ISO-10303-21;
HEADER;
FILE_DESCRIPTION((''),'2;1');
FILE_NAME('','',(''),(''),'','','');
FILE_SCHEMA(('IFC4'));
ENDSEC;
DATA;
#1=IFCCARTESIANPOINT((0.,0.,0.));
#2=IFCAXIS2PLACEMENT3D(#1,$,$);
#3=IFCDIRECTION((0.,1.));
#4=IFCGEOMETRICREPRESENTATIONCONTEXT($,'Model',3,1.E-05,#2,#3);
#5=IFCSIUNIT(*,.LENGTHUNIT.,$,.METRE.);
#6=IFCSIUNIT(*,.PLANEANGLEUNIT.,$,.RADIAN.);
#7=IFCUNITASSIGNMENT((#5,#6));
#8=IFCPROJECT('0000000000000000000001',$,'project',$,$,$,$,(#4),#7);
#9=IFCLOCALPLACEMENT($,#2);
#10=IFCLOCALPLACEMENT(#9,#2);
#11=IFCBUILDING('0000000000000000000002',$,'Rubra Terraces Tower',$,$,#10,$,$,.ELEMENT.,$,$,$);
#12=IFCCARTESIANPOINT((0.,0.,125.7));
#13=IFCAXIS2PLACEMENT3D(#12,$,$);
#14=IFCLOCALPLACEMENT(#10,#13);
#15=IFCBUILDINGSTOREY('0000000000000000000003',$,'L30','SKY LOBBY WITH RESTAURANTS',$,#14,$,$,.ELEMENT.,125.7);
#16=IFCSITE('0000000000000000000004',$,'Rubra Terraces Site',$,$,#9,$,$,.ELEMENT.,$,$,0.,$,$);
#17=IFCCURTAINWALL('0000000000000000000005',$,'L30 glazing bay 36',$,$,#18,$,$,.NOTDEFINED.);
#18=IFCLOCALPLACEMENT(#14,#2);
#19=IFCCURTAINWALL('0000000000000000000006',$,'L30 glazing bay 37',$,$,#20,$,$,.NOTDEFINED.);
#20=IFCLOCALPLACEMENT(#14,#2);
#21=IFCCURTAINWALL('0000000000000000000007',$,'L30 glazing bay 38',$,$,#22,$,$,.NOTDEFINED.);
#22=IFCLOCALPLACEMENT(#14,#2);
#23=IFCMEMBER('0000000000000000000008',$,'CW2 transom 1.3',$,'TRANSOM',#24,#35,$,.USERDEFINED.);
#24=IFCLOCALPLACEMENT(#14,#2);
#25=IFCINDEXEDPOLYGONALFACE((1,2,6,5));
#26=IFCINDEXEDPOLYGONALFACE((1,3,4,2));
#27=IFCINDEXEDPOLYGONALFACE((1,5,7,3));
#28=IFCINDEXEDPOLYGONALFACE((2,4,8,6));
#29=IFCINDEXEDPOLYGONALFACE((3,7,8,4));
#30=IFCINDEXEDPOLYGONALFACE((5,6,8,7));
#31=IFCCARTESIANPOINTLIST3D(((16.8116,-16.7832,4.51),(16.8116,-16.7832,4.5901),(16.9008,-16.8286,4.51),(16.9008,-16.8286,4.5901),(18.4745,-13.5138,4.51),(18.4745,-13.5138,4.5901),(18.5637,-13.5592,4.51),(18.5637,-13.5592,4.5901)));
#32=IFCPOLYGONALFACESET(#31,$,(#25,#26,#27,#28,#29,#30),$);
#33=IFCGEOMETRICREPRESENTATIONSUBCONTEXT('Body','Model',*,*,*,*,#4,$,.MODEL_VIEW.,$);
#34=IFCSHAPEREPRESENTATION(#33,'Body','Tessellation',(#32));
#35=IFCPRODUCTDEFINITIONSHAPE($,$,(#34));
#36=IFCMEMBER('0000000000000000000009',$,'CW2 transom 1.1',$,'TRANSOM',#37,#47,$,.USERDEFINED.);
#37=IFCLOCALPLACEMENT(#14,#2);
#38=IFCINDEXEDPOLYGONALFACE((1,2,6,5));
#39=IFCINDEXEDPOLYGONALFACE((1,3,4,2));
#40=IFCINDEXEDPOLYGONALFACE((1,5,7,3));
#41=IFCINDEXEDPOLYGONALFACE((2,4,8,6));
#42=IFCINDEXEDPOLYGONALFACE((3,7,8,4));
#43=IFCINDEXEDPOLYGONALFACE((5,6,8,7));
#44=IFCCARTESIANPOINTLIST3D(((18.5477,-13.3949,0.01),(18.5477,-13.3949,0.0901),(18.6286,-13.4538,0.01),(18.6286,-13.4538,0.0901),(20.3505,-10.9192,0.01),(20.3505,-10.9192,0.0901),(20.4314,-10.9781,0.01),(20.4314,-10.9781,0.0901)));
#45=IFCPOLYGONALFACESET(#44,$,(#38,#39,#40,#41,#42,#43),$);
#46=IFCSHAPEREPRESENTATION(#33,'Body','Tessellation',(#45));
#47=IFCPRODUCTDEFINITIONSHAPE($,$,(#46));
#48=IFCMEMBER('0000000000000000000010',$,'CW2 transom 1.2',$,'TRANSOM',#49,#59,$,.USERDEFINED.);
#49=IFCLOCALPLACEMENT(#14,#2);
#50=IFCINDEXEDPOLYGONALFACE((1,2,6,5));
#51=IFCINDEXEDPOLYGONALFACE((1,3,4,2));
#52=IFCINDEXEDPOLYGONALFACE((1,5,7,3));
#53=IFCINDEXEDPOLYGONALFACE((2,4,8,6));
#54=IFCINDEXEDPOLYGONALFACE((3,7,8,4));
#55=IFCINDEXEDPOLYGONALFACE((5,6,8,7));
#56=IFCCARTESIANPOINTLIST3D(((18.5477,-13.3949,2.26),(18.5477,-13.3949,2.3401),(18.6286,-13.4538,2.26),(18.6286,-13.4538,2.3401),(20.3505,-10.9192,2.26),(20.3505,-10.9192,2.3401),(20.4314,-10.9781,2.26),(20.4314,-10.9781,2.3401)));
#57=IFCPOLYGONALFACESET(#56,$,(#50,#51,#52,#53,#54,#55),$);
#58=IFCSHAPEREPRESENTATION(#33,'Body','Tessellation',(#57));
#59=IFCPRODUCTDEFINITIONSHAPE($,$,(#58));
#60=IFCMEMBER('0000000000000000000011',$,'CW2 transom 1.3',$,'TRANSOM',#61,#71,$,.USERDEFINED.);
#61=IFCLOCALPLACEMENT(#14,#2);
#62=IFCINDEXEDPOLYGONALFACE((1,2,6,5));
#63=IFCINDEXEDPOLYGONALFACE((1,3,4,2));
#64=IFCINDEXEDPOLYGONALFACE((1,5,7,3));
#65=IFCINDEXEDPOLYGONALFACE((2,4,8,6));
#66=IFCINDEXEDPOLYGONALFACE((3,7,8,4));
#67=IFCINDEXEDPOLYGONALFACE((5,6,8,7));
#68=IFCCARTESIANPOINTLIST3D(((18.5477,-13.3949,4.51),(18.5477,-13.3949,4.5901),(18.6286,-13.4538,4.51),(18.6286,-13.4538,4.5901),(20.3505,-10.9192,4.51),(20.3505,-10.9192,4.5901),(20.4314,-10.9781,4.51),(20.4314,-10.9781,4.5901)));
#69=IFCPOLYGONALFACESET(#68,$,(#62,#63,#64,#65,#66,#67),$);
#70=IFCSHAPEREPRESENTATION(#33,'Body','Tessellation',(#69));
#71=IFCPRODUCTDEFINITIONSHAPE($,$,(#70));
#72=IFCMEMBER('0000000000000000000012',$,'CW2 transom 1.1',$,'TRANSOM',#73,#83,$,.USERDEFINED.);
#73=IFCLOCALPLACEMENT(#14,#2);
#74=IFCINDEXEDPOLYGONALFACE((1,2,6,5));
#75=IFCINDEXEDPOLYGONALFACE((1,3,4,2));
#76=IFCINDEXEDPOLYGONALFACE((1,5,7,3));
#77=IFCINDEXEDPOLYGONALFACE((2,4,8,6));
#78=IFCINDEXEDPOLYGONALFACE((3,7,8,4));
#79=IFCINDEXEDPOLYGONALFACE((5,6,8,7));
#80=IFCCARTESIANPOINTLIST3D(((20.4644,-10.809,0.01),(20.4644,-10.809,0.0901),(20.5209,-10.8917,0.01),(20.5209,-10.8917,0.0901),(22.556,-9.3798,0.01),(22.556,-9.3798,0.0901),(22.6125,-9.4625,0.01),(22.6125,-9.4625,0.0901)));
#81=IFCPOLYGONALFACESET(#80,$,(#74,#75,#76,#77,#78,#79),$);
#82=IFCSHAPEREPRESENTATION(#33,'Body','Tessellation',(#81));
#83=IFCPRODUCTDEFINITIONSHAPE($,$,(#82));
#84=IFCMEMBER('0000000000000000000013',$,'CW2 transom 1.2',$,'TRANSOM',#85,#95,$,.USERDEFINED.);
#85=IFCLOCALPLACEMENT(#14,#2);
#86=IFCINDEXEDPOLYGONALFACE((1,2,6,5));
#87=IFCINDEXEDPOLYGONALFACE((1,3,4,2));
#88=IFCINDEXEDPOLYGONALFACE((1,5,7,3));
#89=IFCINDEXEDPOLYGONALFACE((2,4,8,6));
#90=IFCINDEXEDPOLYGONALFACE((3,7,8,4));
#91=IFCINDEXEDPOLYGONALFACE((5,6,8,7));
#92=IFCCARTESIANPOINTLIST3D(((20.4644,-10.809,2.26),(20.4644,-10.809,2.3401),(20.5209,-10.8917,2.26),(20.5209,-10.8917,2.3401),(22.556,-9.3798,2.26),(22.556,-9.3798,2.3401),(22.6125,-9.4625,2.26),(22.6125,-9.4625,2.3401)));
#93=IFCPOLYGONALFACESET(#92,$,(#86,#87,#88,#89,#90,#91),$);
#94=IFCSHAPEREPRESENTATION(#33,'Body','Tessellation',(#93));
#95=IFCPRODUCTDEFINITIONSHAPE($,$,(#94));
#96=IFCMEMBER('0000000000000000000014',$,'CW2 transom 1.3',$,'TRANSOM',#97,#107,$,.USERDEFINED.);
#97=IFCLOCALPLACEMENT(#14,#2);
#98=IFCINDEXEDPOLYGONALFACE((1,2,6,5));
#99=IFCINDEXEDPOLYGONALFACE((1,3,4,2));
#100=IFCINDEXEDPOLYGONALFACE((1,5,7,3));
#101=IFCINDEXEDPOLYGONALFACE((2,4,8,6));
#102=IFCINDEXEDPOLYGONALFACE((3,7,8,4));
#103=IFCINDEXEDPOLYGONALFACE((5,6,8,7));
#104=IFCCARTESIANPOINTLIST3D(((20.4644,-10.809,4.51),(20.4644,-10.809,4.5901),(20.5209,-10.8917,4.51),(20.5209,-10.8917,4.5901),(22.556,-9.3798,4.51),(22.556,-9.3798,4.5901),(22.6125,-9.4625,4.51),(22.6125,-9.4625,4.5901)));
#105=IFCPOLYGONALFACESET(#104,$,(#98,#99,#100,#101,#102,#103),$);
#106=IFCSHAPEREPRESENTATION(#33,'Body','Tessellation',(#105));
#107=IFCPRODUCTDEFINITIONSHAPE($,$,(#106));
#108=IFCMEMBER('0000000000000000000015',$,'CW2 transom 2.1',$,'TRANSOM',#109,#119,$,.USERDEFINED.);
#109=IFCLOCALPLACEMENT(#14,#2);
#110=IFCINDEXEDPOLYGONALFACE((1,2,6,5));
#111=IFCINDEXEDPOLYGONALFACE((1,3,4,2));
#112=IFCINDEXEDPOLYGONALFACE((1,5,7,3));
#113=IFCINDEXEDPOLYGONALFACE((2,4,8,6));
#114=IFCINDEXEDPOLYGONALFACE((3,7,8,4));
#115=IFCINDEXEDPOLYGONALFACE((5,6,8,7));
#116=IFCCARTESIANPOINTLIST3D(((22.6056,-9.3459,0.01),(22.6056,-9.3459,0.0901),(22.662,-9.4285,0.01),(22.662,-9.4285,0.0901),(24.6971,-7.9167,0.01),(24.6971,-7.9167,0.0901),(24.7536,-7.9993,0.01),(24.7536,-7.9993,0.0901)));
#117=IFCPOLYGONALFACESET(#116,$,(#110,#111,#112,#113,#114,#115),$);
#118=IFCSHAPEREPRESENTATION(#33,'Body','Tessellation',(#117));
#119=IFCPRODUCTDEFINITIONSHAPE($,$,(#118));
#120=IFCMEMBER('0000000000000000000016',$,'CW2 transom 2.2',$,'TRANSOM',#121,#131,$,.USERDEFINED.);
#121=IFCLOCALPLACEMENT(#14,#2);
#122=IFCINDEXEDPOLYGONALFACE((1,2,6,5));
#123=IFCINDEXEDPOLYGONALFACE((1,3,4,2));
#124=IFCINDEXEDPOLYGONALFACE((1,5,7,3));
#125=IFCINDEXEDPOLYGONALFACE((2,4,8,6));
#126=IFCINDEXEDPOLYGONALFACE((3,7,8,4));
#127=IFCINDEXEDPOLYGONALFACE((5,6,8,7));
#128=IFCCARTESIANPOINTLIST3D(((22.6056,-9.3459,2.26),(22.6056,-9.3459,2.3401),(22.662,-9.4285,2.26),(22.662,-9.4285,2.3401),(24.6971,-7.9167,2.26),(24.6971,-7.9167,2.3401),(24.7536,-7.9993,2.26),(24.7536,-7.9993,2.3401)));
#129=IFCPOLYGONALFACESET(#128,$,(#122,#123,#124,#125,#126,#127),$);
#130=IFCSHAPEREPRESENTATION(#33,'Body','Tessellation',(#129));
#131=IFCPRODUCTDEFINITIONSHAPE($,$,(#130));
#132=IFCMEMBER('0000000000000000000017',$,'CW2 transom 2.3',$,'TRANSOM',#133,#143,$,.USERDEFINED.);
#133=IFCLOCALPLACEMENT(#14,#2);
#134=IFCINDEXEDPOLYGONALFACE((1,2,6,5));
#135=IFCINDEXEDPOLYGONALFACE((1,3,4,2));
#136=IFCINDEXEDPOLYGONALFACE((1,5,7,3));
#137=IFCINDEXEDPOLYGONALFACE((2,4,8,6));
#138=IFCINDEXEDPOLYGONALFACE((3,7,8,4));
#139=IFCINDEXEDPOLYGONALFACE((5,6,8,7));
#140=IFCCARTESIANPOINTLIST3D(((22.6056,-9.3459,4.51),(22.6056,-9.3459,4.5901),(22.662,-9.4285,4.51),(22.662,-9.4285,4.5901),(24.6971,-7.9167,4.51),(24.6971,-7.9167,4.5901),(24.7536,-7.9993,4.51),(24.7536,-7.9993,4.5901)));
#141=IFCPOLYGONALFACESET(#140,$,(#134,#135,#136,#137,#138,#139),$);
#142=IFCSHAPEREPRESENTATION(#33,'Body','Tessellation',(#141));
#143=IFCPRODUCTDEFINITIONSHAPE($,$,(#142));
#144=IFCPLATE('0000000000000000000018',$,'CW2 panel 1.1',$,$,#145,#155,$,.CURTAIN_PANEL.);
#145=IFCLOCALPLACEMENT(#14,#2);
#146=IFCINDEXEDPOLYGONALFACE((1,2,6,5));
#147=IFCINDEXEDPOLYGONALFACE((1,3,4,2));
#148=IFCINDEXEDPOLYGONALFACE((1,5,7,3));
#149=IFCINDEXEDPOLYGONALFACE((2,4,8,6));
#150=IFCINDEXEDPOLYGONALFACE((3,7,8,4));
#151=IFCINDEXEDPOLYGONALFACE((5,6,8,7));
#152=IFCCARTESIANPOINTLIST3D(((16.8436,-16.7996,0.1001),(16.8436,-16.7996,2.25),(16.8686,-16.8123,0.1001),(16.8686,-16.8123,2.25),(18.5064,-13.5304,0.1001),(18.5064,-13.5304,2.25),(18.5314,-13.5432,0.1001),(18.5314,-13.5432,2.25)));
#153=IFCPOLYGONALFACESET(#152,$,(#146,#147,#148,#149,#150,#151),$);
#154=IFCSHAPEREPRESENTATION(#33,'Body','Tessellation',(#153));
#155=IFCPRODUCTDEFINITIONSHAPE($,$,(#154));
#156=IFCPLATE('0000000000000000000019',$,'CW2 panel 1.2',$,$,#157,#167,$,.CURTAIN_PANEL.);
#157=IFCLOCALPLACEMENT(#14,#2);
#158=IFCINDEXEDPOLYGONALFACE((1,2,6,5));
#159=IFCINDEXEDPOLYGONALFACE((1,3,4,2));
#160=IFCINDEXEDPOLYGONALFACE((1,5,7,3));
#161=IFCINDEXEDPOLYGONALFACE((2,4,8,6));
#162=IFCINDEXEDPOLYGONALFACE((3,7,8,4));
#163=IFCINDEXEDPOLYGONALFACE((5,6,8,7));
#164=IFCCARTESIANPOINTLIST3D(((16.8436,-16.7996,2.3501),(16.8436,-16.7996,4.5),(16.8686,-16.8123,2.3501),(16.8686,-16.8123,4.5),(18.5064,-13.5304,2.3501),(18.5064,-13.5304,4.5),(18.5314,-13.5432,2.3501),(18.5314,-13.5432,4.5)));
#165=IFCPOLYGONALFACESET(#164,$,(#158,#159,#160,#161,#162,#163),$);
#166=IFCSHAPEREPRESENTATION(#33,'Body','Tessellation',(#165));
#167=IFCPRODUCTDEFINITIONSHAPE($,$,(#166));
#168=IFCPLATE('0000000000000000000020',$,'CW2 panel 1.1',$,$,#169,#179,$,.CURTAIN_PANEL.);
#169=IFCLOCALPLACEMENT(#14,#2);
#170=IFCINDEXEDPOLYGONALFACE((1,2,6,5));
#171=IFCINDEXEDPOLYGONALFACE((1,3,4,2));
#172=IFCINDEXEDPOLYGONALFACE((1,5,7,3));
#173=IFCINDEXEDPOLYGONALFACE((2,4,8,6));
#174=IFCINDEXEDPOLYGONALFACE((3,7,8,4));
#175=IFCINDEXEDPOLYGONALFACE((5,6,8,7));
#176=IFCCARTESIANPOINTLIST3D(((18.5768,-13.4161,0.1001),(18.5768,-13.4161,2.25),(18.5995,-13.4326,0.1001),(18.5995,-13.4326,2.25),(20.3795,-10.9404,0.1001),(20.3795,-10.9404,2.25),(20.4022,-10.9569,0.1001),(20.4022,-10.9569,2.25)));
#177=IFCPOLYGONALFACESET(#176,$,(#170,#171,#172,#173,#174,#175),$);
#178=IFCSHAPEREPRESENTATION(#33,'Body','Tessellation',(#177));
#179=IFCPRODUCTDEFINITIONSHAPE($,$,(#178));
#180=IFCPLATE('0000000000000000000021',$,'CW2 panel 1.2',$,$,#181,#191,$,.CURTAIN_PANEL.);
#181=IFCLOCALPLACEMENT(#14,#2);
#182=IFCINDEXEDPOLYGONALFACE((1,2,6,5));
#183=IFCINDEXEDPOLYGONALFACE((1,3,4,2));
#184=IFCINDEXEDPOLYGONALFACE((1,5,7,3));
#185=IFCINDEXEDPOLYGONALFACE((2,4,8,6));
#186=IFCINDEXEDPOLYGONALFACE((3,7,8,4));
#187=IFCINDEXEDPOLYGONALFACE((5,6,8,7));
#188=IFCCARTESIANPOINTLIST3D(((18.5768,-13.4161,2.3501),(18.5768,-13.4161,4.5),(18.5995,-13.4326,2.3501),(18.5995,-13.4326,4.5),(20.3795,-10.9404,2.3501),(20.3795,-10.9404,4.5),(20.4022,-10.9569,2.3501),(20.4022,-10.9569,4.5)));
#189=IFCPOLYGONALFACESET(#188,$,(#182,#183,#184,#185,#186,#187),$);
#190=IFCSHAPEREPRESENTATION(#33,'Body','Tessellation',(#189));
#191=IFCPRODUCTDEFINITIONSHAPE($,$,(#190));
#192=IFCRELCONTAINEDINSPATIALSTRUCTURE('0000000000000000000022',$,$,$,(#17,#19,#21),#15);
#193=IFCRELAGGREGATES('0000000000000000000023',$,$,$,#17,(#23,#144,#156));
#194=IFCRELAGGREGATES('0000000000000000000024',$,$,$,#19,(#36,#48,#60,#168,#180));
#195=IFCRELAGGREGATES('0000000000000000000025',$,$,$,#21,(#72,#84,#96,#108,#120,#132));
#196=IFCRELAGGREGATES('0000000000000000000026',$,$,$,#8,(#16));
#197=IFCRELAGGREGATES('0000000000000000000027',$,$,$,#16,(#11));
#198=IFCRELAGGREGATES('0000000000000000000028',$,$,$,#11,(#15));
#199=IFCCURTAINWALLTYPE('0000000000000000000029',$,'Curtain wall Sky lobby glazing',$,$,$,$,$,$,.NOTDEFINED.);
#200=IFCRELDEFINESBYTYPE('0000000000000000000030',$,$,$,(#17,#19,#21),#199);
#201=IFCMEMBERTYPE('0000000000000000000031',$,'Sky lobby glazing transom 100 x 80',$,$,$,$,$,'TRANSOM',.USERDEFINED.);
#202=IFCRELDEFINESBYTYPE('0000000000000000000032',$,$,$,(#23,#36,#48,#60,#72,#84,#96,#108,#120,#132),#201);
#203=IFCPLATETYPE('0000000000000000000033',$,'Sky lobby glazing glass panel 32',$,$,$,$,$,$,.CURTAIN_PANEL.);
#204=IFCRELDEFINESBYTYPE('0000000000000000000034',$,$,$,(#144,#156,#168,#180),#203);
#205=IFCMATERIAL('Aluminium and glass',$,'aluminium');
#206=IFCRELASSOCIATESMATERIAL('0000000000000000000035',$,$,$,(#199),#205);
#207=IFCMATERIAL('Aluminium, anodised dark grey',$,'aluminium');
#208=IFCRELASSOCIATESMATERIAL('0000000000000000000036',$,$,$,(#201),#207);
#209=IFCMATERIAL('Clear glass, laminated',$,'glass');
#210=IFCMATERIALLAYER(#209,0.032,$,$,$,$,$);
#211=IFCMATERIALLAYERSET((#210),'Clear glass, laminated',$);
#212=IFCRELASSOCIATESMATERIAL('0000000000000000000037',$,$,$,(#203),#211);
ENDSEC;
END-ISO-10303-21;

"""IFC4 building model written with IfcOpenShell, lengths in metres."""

from ifc_helpers import new_model, si_unit, direction, frame, origin, origin_2d, place, context, subcontext, project, spatial, rectangle, extrude, material, layer, layer_set, material_profile, profile_set, type_object, element, aggregate, save


model = new_model("IFC4")

# Units and contexts
model_context = context("Model", 3, precision=1e-05, world=origin(), true_north=direction((0.0, 1.0)))
body_context = subcontext(model_context, "Body", "Model", "MODEL_VIEW")
ifc_project = project(units=[si_unit("LENGTHUNIT", "METRE"), si_unit("PLANEANGLEUNIT", "RADIAN")], contexts=[model_context])

# Site, building, storey
site_placement = place(None, origin())
site = spatial("IfcSite", under=ifc_project, at=site_placement, Name="Rubra Terraces Site", CompositionType="ELEMENT", RefElevation=0.0)
building_placement = place(site_placement, origin())
building = spatial("IfcBuilding", under=site, at=building_placement, Name="Rubra Terraces Tower", CompositionType="ELEMENT")
storey_placement = place(building_placement, frame((0.0, 0.0, 125.7)))
storey = spatial("IfcBuildingStorey", under=building, at=storey_placement, Name="L30", Description="SKY LOBBY WITH RESTAURANTS", CompositionType="ELEMENT", Elevation=125.7)

# Curtain walls
ifc_material_1 = material(Name="Aluminium and glass", Category="aluminium")
curtain_wall_type = type_object("IfcCurtainWallType", Name="Curtain wall Sky lobby glazing", PredefinedType="NOTDEFINED", material=ifc_material_1)
curtain_wall_1_placement = place(storey_placement, origin())
curtain_wall_1 = element("IfcCurtainWall", 1, at=curtain_wall_1_placement, inside=storey, type_object=curtain_wall_type, Name="L30 glazing bay 36", PredefinedType="NOTDEFINED")
ifc_material_2 = material(Name="Aluminium, anodised dark grey", Category="aluminium")
curtain_wall_2_placement = place(storey_placement, origin())
curtain_wall_2 = element("IfcCurtainWall", 2, at=curtain_wall_2_placement, inside=storey, type_object=curtain_wall_type, Name="L30 glazing bay 37", PredefinedType="NOTDEFINED")

# Curtain wall
curtain_wall_3_placement = place(storey_placement, origin())
curtain_wall_3 = element("IfcCurtainWall", 3, at=curtain_wall_3_placement, inside=storey, type_object=curtain_wall_type, Name="L30 glazing bay 38", PredefinedType="NOTDEFINED")

# Members
ifc_material_profile_1 = material_profile(ifc_material_2, rectangle(XDim=0.1001, YDim=0.0801, at=origin_2d()), Name="AL 100x80")
ifc_profile_set_1 = profile_set([ifc_material_profile_1], Name="Aluminium, anodised dark grey")
member_type_1 = type_object("IfcMemberType", Name="Sky lobby glazing transom 100 x 80", ElementType="TRANSOM", PredefinedType="USERDEFINED", material=ifc_profile_set_1)
member_1_placement = place(storey_placement, frame((16.8562, -16.8059, 4.55), z_axis=(0.453353, 0.891331, 0.0), x_axis=(-0.891331, 0.453353, 0.0)))
member_1 = element("IfcMember", 4, at=member_1_placement, type_object=member_type_1, Name="CW2 transom 1.3", ObjectType="TRANSOM", PredefinedType="USERDEFINED", context=body_context, shape_type="SweptSolid", body=[
    extrude(rectangle(XDim=0.1001, YDim=0.0801, at=origin_2d()), origin(), (0.0, 0.0, 1.0), 3.668),
])
member_2_placement = place(storey_placement, frame((18.5881, -13.4243, 0.05), z_axis=(0.588665, 0.808377, 0.0), x_axis=(-0.808377, 0.588665, 0.0)))
member_2 = element("IfcMember", 5, at=member_2_placement, type_object=member_type_1, Name="CW2 transom 1.1", ObjectType="TRANSOM", PredefinedType="USERDEFINED", context=body_context, shape_type="SweptSolid", body=[
    extrude(rectangle(XDim=0.1001, YDim=0.0801, at=origin_2d()), origin(), (0.0, 0.0, 1.0), 3.0625),
])
member_3_placement = place(storey_placement, frame((18.5881, -13.4243, 2.3), z_axis=(0.588665, 0.808377, 0.0), x_axis=(-0.808377, 0.588665, 0.0)))
member_3 = element("IfcMember", 6, at=member_3_placement, type_object=member_type_1, Name="CW2 transom 1.2", ObjectType="TRANSOM", PredefinedType="USERDEFINED", context=body_context, shape_type="SweptSolid", body=[
    extrude(rectangle(XDim=0.1001, YDim=0.0801, at=origin_2d()), origin(), (0.0, 0.0, 1.0), 3.0625),
])
member_4_placement = place(storey_placement, frame((18.5881, -13.4243, 4.55), z_axis=(0.588665, 0.808377, 0.0), x_axis=(-0.808377, 0.588665, 0.0)))
member_4 = element("IfcMember", 7, at=member_4_placement, type_object=member_type_1, Name="CW2 transom 1.3", ObjectType="TRANSOM", PredefinedType="USERDEFINED", context=body_context, shape_type="SweptSolid", body=[
    extrude(rectangle(XDim=0.1001, YDim=0.0801, at=origin_2d()), origin(), (0.0, 0.0, 1.0), 3.0625),
])
member_5_placement = place(storey_placement, frame((20.4927, -10.8503, 0.05), z_axis=(0.82565, 0.564183, 0.0), x_axis=(-0.564183, 0.82565, 0.0)))
member_5 = element("IfcMember", 8, at=member_5_placement, type_object=member_type_1, Name="CW2 transom 1.1", ObjectType="TRANSOM", PredefinedType="USERDEFINED", context=body_context, shape_type="SweptSolid", body=[
    extrude(rectangle(XDim=0.1001, YDim=0.0801, at=origin_2d()), origin(), (0.0, 0.0, 1.0), 2.5332),
])
member_6_placement = place(storey_placement, frame((20.4927, -10.8503, 2.3), z_axis=(0.82565, 0.564183, 0.0), x_axis=(-0.564183, 0.82565, 0.0)))
member_6 = element("IfcMember", 9, at=member_6_placement, type_object=member_type_1, Name="CW2 transom 1.2", ObjectType="TRANSOM", PredefinedType="USERDEFINED", context=body_context, shape_type="SweptSolid", body=[
    extrude(rectangle(XDim=0.1001, YDim=0.0801, at=origin_2d()), origin(), (0.0, 0.0, 1.0), 2.5332),
])
member_7_placement = place(storey_placement, frame((20.4927, -10.8503, 4.55), z_axis=(0.82565, 0.564183, 0.0), x_axis=(-0.564183, 0.82565, 0.0)))
member_7 = element("IfcMember", 10, at=member_7_placement, type_object=member_type_1, Name="CW2 transom 1.3", ObjectType="TRANSOM", PredefinedType="USERDEFINED", context=body_context, shape_type="SweptSolid", body=[
    extrude(rectangle(XDim=0.1001, YDim=0.0801, at=origin_2d()), origin(), (0.0, 0.0, 1.0), 2.5332),
])
member_8_placement = place(storey_placement, frame((22.6338, -9.3872, 0.05), z_axis=(0.82565, 0.564183, 0.0), x_axis=(-0.564183, 0.82565, 0.0)))
member_8 = element("IfcMember", 11, at=member_8_placement, type_object=member_type_1, Name="CW2 transom 2.1", ObjectType="TRANSOM", PredefinedType="USERDEFINED", context=body_context, shape_type="SweptSolid", body=[
    extrude(rectangle(XDim=0.1001, YDim=0.0801, at=origin_2d()), origin(), (0.0, 0.0, 1.0), 2.5332),
])
member_9_placement = place(storey_placement, frame((22.6338, -9.3872, 2.3), z_axis=(0.82565, 0.564183, 0.0), x_axis=(-0.564183, 0.82565, 0.0)))
member_9 = element("IfcMember", 12, at=member_9_placement, type_object=member_type_1, Name="CW2 transom 2.2", ObjectType="TRANSOM", PredefinedType="USERDEFINED", context=body_context, shape_type="SweptSolid", body=[
    extrude(rectangle(XDim=0.1001, YDim=0.0801, at=origin_2d()), origin(), (0.0, 0.0, 1.0), 2.5332),
])
member_10_placement = place(storey_placement, frame((22.6338, -9.3872, 4.55), z_axis=(0.82565, 0.564183, 0.0), x_axis=(-0.564183, 0.82565, 0.0)))
member_10 = element("IfcMember", 13, at=member_10_placement, type_object=member_type_1, Name="CW2 transom 2.3", ObjectType="TRANSOM", PredefinedType="USERDEFINED", context=body_context, shape_type="SweptSolid", body=[
    extrude(rectangle(XDim=0.1001, YDim=0.0801, at=origin_2d()), origin(), (0.0, 0.0, 1.0), 2.5332),
])

# Plates
ifc_material_3 = material(Name="Clear glass, laminated", Category="glass")
ifc_layer_1 = layer(ifc_material_3, 0.032)
ifc_layer_set_1 = layer_set([ifc_layer_1], Name="Clear glass, laminated")
plate_type = type_object("IfcPlateType", Name="Sky lobby glazing glass panel 32", PredefinedType="CURTAIN_PANEL", material=ifc_layer_set_1)
plate_1_placement = place(storey_placement, frame((17.6875, -15.1714, 0.1001), z_axis=(0.0, 0.0, 1.0), x_axis=(0.453349, 0.891333, 0.0)))
plate_1 = element("IfcPlate", 14, at=plate_1_placement, type_object=plate_type, Name="CW2 panel 1.1", PredefinedType="CURTAIN_PANEL", context=body_context, shape_type="SweptSolid", body=[
    extrude(rectangle(XDim=3.6677, YDim=0.0281, at=origin_2d()), origin(), (0.0, 0.0, 1.0), 2.1499),
])
plate_2_placement = place(storey_placement, frame((17.6875, -15.1714, 2.3501), z_axis=(0.0, 0.0, 1.0), x_axis=(0.453349, 0.891333, 0.0)))
plate_2 = element("IfcPlate", 15, at=plate_2_placement, type_object=plate_type, Name="CW2 panel 1.2", PredefinedType="CURTAIN_PANEL", context=body_context, shape_type="SweptSolid", body=[
    extrude(rectangle(XDim=3.6677, YDim=0.0281, at=origin_2d()), origin(), (0.0, 0.0, 1.0), 2.1499),
])
aggregate(curtain_wall_1, [member_1, plate_1, plate_2])
plate_3_placement = place(storey_placement, frame((19.4895, -12.1865, 0.1001), z_axis=(0.0, 0.0, 1.0), x_axis=(0.588654, 0.808385, 0.0)))
plate_3 = element("IfcPlate", 16, at=plate_3_placement, type_object=plate_type, Name="CW2 panel 1.1", PredefinedType="CURTAIN_PANEL", context=body_context, shape_type="SweptSolid", body=[
    extrude(rectangle(XDim=3.0625, YDim=0.0281, at=origin_2d()), origin(), (0.0, 0.0, 1.0), 2.1499),
])
plate_4_placement = place(storey_placement, frame((19.4895, -12.1865, 2.3501), z_axis=(0.0, 0.0, 1.0), x_axis=(0.588654, 0.808385, 0.0)))
plate_4 = element("IfcPlate", 17, at=plate_4_placement, type_object=plate_type, Name="CW2 panel 1.2", PredefinedType="CURTAIN_PANEL", context=body_context, shape_type="SweptSolid", body=[
    extrude(rectangle(XDim=3.0625, YDim=0.0281, at=origin_2d()), origin(), (0.0, 0.0, 1.0), 2.1499),
])
aggregate(curtain_wall_2, [member_2, member_3, member_4, plate_3, plate_4])
aggregate(curtain_wall_3, [member_5, member_6, member_7, member_8, member_9, member_10])

save(model, "model.ifc")
